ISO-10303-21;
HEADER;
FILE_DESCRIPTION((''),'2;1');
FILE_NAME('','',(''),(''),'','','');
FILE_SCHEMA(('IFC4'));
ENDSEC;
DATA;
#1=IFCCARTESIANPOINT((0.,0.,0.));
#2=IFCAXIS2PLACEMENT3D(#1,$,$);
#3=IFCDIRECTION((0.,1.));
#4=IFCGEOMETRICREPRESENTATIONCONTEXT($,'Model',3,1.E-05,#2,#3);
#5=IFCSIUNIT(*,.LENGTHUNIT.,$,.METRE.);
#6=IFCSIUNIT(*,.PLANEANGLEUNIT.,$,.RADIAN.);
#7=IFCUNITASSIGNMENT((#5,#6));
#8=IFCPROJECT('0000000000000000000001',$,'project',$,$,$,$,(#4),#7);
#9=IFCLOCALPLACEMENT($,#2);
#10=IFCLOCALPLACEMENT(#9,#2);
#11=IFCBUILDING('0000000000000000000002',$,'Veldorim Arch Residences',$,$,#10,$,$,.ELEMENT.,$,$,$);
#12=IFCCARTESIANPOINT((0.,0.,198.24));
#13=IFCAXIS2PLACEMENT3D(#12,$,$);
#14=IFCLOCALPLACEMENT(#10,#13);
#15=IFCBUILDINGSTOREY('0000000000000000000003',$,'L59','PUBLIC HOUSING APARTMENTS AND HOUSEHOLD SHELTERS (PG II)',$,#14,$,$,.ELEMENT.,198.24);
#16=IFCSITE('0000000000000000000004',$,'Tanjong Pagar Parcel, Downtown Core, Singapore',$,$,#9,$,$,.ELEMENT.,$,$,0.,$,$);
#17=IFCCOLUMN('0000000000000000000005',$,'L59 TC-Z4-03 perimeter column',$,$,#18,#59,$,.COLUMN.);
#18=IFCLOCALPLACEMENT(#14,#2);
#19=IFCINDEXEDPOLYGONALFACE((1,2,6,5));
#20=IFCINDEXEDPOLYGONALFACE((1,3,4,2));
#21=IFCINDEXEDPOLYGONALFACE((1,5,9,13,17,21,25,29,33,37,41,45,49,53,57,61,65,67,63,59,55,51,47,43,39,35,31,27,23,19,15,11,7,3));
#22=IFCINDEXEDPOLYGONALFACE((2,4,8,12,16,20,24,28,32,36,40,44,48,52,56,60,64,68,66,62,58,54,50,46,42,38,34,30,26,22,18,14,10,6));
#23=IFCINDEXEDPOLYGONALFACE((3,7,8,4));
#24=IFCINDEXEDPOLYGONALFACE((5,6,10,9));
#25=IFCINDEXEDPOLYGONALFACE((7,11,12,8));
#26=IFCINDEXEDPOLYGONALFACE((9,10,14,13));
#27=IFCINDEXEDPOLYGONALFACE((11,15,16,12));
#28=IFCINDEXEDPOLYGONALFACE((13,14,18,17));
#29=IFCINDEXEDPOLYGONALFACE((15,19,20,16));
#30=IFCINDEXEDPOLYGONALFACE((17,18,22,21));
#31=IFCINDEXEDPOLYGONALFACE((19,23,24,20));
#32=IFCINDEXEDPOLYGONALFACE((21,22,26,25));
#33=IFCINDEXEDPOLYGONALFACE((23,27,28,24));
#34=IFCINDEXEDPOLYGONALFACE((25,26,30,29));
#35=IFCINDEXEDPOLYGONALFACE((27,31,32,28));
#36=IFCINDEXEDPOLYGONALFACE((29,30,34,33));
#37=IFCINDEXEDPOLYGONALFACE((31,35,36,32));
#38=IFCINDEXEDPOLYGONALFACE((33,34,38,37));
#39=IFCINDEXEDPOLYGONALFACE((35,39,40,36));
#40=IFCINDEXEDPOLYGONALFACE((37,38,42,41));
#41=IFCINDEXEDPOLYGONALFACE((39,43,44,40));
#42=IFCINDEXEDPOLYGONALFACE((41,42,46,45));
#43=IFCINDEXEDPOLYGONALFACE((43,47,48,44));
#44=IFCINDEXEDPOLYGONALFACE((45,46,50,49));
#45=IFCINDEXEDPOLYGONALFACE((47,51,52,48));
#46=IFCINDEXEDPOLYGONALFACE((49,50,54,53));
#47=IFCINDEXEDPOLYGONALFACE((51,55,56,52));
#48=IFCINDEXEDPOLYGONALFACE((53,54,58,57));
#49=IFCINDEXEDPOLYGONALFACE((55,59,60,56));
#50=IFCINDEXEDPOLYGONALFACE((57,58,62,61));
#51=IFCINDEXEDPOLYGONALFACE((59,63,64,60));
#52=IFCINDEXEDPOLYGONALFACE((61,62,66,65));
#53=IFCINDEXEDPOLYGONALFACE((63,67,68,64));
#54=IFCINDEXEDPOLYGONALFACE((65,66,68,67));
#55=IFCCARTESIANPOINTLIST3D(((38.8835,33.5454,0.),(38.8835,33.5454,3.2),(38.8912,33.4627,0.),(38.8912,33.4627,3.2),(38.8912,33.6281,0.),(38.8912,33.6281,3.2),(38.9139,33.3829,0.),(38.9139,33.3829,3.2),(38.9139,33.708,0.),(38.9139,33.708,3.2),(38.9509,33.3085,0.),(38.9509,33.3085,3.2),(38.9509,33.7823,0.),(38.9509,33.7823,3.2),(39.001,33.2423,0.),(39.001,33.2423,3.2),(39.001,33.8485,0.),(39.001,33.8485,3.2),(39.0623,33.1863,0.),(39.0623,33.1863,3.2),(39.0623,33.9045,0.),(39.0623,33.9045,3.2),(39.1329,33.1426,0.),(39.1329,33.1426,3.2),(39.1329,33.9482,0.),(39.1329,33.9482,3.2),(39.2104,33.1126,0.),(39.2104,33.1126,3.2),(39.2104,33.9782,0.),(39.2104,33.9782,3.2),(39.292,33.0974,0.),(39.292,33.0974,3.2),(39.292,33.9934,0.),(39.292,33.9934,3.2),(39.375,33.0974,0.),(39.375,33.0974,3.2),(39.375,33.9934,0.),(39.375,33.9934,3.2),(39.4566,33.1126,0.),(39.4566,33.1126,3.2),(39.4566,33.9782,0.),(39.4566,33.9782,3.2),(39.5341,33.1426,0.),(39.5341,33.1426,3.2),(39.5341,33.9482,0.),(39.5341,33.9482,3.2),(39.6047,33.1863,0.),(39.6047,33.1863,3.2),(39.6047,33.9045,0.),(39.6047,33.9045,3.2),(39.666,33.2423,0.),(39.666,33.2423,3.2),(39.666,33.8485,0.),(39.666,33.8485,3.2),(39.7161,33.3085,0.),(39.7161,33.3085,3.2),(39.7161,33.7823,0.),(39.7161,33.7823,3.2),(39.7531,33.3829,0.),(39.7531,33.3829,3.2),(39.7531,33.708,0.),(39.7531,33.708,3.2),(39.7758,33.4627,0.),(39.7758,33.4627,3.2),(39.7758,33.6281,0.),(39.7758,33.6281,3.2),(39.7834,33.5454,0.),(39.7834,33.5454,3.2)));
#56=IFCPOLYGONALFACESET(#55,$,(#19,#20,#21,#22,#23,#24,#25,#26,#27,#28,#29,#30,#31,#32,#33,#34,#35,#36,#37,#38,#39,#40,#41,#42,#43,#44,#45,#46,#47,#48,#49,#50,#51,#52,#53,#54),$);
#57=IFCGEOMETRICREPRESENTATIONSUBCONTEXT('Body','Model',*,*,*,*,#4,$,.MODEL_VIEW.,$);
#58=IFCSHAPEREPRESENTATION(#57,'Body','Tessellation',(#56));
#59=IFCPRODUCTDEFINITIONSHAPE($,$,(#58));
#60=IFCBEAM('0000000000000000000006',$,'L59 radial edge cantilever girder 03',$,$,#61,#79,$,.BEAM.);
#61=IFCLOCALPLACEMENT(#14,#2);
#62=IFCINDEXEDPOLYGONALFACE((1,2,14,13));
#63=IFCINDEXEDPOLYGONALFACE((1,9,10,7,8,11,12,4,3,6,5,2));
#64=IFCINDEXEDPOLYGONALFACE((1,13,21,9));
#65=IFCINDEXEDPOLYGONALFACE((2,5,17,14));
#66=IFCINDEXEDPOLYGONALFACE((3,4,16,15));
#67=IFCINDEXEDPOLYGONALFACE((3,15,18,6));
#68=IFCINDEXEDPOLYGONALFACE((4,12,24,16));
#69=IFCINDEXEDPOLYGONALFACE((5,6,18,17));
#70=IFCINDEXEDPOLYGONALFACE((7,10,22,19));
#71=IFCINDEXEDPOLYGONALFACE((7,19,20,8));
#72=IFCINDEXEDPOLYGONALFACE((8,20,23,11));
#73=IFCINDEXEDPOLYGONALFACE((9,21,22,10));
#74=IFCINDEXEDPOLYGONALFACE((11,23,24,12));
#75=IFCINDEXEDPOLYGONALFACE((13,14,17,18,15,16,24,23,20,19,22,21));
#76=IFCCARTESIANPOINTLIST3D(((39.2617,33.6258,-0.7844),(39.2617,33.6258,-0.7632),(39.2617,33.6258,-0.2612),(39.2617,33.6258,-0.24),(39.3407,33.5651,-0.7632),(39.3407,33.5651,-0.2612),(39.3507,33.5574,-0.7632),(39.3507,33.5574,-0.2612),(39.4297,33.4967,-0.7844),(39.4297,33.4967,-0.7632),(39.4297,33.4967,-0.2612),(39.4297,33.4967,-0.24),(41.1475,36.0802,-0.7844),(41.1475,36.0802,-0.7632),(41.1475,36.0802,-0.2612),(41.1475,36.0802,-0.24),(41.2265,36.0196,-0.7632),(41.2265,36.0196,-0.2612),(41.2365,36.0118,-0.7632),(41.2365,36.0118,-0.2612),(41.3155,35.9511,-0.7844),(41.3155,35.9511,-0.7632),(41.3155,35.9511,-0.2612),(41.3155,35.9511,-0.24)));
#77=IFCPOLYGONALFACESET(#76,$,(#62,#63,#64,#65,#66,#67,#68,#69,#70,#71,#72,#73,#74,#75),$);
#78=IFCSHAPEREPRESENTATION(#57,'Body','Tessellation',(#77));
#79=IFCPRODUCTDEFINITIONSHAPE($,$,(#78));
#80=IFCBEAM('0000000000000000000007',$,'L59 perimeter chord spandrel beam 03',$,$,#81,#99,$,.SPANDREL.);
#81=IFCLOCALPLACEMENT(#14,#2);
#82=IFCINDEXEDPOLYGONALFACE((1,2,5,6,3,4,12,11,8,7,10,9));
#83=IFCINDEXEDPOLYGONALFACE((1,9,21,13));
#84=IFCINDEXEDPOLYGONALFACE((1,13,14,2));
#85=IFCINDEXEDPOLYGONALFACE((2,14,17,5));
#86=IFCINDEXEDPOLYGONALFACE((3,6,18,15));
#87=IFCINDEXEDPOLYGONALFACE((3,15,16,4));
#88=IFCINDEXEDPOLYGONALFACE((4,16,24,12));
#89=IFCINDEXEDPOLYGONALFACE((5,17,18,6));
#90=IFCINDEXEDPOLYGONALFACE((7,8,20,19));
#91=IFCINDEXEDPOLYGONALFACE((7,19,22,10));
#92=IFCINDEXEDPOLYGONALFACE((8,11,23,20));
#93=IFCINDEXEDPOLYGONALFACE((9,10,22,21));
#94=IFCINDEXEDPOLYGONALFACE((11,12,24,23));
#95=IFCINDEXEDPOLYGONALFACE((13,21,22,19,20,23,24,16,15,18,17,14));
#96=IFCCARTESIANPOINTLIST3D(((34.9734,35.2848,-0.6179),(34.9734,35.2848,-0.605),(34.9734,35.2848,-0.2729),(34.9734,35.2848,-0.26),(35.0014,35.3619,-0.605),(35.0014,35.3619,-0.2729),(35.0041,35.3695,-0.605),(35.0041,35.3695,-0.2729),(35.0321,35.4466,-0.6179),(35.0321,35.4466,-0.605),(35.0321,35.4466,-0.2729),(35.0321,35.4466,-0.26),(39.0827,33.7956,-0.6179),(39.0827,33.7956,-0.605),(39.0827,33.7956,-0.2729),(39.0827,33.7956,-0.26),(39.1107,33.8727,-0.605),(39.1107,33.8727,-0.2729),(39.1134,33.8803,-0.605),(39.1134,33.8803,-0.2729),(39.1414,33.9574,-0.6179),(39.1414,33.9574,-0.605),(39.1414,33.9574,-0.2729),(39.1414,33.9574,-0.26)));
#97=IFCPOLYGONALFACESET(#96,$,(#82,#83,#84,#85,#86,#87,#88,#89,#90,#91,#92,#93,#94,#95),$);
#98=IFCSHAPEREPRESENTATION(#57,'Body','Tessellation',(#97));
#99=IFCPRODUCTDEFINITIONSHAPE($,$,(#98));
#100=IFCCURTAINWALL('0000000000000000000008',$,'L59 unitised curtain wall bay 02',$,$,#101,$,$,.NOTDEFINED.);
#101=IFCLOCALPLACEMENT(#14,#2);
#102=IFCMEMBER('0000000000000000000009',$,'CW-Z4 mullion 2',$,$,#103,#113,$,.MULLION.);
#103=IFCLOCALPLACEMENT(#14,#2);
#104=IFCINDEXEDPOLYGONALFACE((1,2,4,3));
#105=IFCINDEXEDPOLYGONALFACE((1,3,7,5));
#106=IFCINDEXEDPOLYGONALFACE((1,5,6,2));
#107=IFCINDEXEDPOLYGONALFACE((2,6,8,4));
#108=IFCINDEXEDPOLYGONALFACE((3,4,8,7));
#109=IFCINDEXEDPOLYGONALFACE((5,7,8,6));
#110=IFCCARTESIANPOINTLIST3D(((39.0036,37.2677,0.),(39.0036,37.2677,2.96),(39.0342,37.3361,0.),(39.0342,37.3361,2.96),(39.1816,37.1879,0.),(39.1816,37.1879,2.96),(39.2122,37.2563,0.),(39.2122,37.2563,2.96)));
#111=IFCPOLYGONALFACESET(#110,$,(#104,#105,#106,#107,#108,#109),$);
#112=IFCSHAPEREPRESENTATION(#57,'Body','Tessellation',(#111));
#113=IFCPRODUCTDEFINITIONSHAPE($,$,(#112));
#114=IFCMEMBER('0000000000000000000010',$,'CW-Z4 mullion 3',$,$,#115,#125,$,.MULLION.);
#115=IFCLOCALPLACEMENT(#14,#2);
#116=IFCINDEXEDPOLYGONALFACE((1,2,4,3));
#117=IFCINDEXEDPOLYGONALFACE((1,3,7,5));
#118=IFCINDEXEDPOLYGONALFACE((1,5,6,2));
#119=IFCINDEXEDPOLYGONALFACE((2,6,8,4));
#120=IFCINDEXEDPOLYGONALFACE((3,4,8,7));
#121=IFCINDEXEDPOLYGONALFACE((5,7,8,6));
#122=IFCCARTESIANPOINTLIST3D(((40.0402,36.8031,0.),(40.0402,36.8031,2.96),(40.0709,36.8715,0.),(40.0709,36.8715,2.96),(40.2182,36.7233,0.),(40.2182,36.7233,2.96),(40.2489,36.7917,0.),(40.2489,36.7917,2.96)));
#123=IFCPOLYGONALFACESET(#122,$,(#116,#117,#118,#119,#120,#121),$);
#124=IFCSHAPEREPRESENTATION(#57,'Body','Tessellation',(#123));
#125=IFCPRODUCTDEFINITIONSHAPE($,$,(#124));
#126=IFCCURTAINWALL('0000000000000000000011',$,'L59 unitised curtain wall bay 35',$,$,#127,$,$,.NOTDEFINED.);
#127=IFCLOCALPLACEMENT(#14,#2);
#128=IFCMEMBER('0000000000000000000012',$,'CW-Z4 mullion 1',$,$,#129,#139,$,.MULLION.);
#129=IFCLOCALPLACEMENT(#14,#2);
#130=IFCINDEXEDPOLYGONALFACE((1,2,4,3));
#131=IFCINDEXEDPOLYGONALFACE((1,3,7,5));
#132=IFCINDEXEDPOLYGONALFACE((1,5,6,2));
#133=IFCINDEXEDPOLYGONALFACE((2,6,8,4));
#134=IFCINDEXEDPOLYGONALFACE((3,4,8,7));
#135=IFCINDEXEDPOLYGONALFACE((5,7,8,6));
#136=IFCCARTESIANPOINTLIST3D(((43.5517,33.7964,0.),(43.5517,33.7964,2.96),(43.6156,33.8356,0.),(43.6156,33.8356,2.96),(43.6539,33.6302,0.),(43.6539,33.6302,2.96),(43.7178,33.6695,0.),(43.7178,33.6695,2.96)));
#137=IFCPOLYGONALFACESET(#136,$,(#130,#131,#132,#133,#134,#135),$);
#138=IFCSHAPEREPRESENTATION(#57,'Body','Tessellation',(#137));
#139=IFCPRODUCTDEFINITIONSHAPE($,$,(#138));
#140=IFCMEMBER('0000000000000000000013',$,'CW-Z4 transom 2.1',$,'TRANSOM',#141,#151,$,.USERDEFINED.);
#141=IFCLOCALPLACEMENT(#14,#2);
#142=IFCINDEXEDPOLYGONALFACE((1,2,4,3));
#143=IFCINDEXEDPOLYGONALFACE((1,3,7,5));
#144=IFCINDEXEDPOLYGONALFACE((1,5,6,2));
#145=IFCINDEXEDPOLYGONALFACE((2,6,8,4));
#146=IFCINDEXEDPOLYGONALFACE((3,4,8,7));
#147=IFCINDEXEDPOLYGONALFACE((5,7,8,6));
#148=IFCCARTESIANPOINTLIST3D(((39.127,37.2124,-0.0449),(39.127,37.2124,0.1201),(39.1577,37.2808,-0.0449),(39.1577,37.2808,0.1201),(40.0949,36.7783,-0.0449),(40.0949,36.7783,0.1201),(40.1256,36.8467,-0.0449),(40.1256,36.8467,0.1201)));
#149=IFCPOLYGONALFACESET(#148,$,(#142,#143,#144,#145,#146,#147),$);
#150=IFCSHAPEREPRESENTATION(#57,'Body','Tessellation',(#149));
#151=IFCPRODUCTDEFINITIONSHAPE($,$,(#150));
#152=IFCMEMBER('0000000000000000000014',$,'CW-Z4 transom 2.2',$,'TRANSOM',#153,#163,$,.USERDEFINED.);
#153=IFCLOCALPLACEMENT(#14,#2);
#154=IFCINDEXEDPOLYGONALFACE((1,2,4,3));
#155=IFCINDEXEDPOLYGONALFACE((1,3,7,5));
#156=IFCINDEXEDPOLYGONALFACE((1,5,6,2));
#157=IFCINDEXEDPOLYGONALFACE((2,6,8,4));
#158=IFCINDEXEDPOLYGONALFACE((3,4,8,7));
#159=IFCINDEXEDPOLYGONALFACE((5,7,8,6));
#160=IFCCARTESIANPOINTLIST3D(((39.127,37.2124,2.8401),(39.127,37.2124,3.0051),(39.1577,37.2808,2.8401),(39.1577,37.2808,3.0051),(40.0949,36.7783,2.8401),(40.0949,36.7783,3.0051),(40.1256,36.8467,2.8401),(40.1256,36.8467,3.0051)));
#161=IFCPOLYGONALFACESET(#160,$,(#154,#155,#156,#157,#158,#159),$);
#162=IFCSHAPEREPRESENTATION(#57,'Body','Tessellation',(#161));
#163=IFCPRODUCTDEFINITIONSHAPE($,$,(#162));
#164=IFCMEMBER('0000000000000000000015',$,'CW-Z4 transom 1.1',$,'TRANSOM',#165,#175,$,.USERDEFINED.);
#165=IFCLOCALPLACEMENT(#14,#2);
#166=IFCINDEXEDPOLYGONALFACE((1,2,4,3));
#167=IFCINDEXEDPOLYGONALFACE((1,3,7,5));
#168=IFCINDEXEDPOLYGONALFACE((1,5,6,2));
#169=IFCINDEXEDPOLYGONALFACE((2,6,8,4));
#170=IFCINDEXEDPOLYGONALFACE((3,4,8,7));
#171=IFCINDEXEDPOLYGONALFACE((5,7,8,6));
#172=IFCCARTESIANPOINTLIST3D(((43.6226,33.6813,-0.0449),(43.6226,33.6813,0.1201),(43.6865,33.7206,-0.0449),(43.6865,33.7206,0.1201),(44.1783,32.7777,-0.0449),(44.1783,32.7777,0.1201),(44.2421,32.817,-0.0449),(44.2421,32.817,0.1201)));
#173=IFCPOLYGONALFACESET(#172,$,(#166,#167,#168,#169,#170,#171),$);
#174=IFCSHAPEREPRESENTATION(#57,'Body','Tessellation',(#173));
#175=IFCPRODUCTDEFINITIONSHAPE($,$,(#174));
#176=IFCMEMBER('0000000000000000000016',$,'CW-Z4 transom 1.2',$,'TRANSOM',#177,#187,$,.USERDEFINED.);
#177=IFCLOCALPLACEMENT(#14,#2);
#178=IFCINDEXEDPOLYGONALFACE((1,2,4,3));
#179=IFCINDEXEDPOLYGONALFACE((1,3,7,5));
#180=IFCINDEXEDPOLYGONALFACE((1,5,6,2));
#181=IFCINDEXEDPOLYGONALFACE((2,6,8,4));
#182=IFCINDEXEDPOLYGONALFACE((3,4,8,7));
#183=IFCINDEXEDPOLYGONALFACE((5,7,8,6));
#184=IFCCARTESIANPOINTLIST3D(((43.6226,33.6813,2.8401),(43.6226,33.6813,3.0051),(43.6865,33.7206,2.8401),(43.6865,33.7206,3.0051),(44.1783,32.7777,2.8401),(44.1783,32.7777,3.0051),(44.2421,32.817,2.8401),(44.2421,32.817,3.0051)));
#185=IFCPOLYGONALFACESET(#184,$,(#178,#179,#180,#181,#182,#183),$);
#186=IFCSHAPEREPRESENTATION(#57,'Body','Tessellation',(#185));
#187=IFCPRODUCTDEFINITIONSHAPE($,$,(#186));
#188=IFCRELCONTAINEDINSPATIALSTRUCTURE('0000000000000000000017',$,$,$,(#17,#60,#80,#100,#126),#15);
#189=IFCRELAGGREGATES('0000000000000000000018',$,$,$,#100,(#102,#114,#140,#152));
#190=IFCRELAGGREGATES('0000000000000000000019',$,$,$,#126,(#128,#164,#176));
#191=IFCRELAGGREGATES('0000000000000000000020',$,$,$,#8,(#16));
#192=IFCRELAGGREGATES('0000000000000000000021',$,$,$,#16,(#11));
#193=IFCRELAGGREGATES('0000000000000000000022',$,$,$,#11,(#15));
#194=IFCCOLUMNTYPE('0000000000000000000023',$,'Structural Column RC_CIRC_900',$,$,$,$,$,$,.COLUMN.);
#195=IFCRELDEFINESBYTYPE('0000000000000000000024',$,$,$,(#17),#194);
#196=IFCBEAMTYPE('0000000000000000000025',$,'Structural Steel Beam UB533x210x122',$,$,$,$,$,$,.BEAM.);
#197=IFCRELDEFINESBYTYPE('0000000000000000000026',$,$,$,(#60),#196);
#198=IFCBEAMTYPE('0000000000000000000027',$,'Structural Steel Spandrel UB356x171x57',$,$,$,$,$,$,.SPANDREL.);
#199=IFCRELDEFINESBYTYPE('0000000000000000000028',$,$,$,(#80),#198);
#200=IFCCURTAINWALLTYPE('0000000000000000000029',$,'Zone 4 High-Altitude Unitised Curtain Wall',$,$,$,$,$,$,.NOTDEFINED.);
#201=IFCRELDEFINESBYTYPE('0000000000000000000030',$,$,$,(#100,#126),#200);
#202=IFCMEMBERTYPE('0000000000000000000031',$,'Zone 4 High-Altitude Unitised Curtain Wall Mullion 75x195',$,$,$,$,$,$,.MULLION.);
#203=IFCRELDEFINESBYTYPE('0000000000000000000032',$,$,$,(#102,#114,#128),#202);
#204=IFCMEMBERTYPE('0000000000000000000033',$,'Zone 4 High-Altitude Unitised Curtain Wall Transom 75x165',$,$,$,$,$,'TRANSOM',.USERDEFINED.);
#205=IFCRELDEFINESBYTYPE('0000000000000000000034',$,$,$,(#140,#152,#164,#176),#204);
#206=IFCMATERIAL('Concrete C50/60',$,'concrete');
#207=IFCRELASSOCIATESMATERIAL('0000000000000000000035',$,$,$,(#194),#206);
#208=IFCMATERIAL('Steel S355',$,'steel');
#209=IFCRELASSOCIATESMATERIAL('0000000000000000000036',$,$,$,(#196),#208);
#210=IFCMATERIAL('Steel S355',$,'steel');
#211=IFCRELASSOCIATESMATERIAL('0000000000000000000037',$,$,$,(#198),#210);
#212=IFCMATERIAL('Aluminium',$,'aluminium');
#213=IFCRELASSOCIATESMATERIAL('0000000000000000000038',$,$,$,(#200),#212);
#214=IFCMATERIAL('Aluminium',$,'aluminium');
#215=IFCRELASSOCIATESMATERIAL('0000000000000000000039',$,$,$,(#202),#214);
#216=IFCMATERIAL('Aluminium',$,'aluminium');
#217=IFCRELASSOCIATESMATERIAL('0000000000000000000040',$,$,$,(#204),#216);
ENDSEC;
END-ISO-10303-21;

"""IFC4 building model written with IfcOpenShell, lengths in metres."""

from ifc_helpers import new_model, si_unit, direction, frame, origin, origin_2d, place, context, subcontext, project, spatial, rectangle, circle, i_section, extrude, material, material_profile, profile_set, type_object, element, aggregate, save


model = new_model("IFC4")

# Units and contexts
model_context = context("Model", 3, precision=1e-05, world=origin(), true_north=direction((0.0, 1.0)))
body_context = subcontext(model_context, "Body", "Model", "MODEL_VIEW")
ifc_project = project(units=[si_unit("LENGTHUNIT", "METRE"), si_unit("PLANEANGLEUNIT", "RADIAN")], contexts=[model_context])

# Site, building, storey
site_placement = place(None, origin())
site = spatial("IfcSite", under=ifc_project, at=site_placement, Name="Tanjong Pagar Parcel, Downtown Core, Singapore", CompositionType="ELEMENT", RefElevation=0.0)
building_placement = place(site_placement, origin())
building = spatial("IfcBuilding", under=site, at=building_placement, Name="Veldorim Arch Residences", CompositionType="ELEMENT")
storey_placement = place(building_placement, frame((0.0, 0.0, 198.24)))
storey = spatial("IfcBuildingStorey", under=building, at=storey_placement, Name="L59", Description="PUBLIC HOUSING APARTMENTS AND HOUSEHOLD SHELTERS (PG II)", CompositionType="ELEMENT", Elevation=198.24)

# Column
ifc_material_1 = material(Name="Concrete C50/60", Category="concrete")
ifc_material_profile_1 = material_profile(ifc_material_1, circle(Radius=0.45, at=origin_2d()), Name="RC_CIRC_900")
ifc_profile_set_1 = profile_set([ifc_material_profile_1], Name="Concrete C50/60")
column_type = type_object("IfcColumnType", Name="Structural Column RC_CIRC_900", PredefinedType="COLUMN", material=ifc_profile_set_1)
column_placement = place(storey_placement, frame((39.3335, 33.5454, 0.0), z_axis=(0.0, 0.0, 1.0), x_axis=(1.0, 0.0, 0.0)))
element("IfcColumn", 1, at=column_placement, inside=storey, type_object=column_type, Name="L59 TC-Z4-03 perimeter column", PredefinedType="COLUMN", context=body_context, shape_type="SweptSolid", body=[
    extrude(circle(Radius=0.45, at=origin_2d()), origin(), (0.0, 0.0, 1.0), 3.2),
])

# Beams
ifc_material_2 = material(Name="Steel S355", Category="steel")
ifc_material_profile_2 = material_profile(ifc_material_2, i_section(OverallWidth=0.2119, OverallDepth=0.5444, WebThickness=0.0127, FlangeThickness=0.0212, at=origin_2d()), Name="UB533x210x122")
ifc_profile_set_2 = profile_set([ifc_material_profile_2], Name="Steel S355")
beam_type_1 = type_object("IfcBeamType", Name="Structural Steel Beam UB533x210x122", PredefinedType="BEAM", material=ifc_profile_set_2)
beam_1_placement = place(storey_placement, frame((39.3457, 33.5613, -0.5122), z_axis=(0.609261, 0.79297, 0.0), x_axis=(-0.79297, 0.609261, 0.0)))
element("IfcBeam", 2, at=beam_1_placement, inside=storey, type_object=beam_type_1, Name="L59 radial edge cantilever girder 03", PredefinedType="BEAM", context=body_context, shape_type="SweptSolid", body=[
    extrude(i_section(OverallWidth=0.2119, OverallDepth=0.5444, WebThickness=0.0127, FlangeThickness=0.0212, at=origin_2d()), origin(), (0.0, 0.0, 1.0), 3.0952),
])
ifc_material_3 = material(Name="Steel S355", Category="steel")
ifc_material_profile_3 = material_profile(ifc_material_3, i_section(OverallWidth=0.1721, OverallDepth=0.3579, WebThickness=0.0081, FlangeThickness=0.0129, at=origin_2d()), Name="UB356x171x57")
ifc_profile_set_3 = profile_set([ifc_material_profile_3], Name="Steel S355")
beam_type_2 = type_object("IfcBeamType", Name="Structural Steel Spandrel UB356x171x57", PredefinedType="SPANDREL", material=ifc_profile_set_3)
beam_2_placement = place(storey_placement, frame((39.1121, 33.8765, -0.439), z_axis=(-0.940165, 0.34072, 0.0), x_axis=(-0.34072, -0.940165, 0.0)))
element("IfcBeam", 3, at=beam_2_placement, inside=storey, type_object=beam_type_2, Name="L59 perimeter chord spandrel beam 03", PredefinedType="SPANDREL", context=body_context, shape_type="SweptSolid", body=[
    extrude(i_section(OverallWidth=0.1721, OverallDepth=0.3579, WebThickness=0.0081, FlangeThickness=0.0129, at=origin_2d()), origin(), (0.0, 0.0, 1.0), 4.3708),
])

# Curtain wall, members
ifc_material_4 = material(Name="Aluminium", Category="aluminium")
curtain_wall_type = type_object("IfcCurtainWallType", Name="Zone 4 High-Altitude Unitised Curtain Wall", PredefinedType="NOTDEFINED", material=ifc_material_4)
curtain_wall_1_placement = place(storey_placement, origin())
curtain_wall_1 = element("IfcCurtainWall", 4, at=curtain_wall_1_placement, inside=storey, type_object=curtain_wall_type, Name="L59 unitised curtain wall bay 02", PredefinedType="NOTDEFINED")
ifc_material_5 = material(Name="Aluminium", Category="aluminium")
ifc_material_profile_4 = material_profile(ifc_material_5, rectangle(XDim=0.075, YDim=0.1951, at=origin_2d()), Name="ALU_MUL_75x195")
ifc_profile_set_4 = profile_set([ifc_material_profile_4], Name="Aluminium")
member_type_1 = type_object("IfcMemberType", Name="Zone 4 High-Altitude Unitised Curtain Wall Mullion 75x195", PredefinedType="MULLION", material=ifc_profile_set_4)
member_1_placement = place(storey_placement, frame((39.1079, 37.262, 0.0), z_axis=(0.0, 0.0, 1.0), x_axis=(0.409149, 0.912468, 0.0)))
member_1 = element("IfcMember", 5, at=member_1_placement, type_object=member_type_1, Name="CW-Z4 mullion 2", PredefinedType="MULLION", context=body_context, shape_type="SweptSolid", body=[
    extrude(rectangle(XDim=0.075, YDim=0.1951, at=origin_2d()), origin(), (0.0, 0.0, 1.0), 2.96),
])
member_2_placement = place(storey_placement, frame((40.1445, 36.7974, 0.0), z_axis=(0.0, 0.0, 1.0), x_axis=(0.409149, 0.912468, 0.0)))
member_2 = element("IfcMember", 6, at=member_2_placement, type_object=member_type_1, Name="CW-Z4 mullion 3", PredefinedType="MULLION", context=body_context, shape_type="SweptSolid", body=[
    extrude(rectangle(XDim=0.075, YDim=0.1951, at=origin_2d()), origin(), (0.0, 0.0, 1.0), 2.96),
])

# Curtain wall, member
curtain_wall_2_placement = place(storey_placement, origin())
curtain_wall_2 = element("IfcCurtainWall", 7, at=curtain_wall_2_placement, inside=storey, type_object=curtain_wall_type, Name="L59 unitised curtain wall bay 35", PredefinedType="NOTDEFINED")
member_3_placement = place(storey_placement, frame((43.6348, 33.7329, 0.0), z_axis=(0.0, 0.0, 1.0), x_axis=(0.851802, 0.523864, 0.0)))
member_3 = element("IfcMember", 8, at=member_3_placement, type_object=member_type_1, Name="CW-Z4 mullion 1", PredefinedType="MULLION", context=body_context, shape_type="SweptSolid", body=[
    extrude(rectangle(XDim=0.075, YDim=0.1951, at=origin_2d()), origin(), (0.0, 0.0, 1.0), 2.96),
])

# Members
ifc_material_6 = material(Name="Aluminium", Category="aluminium")
ifc_material_profile_5 = material_profile(ifc_material_6, rectangle(XDim=0.075, YDim=0.165, at=origin_2d()), Name="ALU_TRN_75x165")
ifc_profile_set_5 = profile_set([ifc_material_profile_5], Name="Aluminium")
member_type_2 = type_object("IfcMemberType", Name="Zone 4 High-Altitude Unitised Curtain Wall Transom 75x165", ElementType="TRANSOM", PredefinedType="USERDEFINED", material=ifc_profile_set_5)
member_4_placement = place(storey_placement, frame((39.1423, 37.2466, 0.0376), z_axis=(0.912459, -0.409168, 0.0), x_axis=(0.409168, 0.912459, 0.0)))
member_4 = element("IfcMember", 9, at=member_4_placement, type_object=member_type_2, Name="CW-Z4 transom 2.1", ObjectType="TRANSOM", PredefinedType="USERDEFINED", context=body_context, shape_type="SweptSolid", body=[
    extrude(rectangle(XDim=0.075, YDim=0.165, at=origin_2d()), origin(), (0.0, 0.0, 1.0), 1.0608),
])
member_5_placement = place(storey_placement, frame((39.1423, 37.2466, 2.9226), z_axis=(0.912459, -0.409168, 0.0), x_axis=(0.409168, 0.912459, 0.0)))
member_5 = element("IfcMember", 10, at=member_5_placement, type_object=member_type_2, Name="CW-Z4 transom 2.2", ObjectType="TRANSOM", PredefinedType="USERDEFINED", context=body_context, shape_type="SweptSolid", body=[
    extrude(rectangle(XDim=0.075, YDim=0.165, at=origin_2d()), origin(), (0.0, 0.0, 1.0), 1.0608),
])
member_6_placement = place(storey_placement, frame((43.6545, 33.7009, 0.0376), z_axis=(0.523841, -0.851816, 0.0), x_axis=(0.851816, 0.523841, 0.0)))
member_6 = element("IfcMember", 11, at=member_6_placement, type_object=member_type_2, Name="CW-Z4 transom 1.1", ObjectType="TRANSOM", PredefinedType="USERDEFINED", context=body_context, shape_type="SweptSolid", body=[
    extrude(rectangle(XDim=0.075, YDim=0.165, at=origin_2d()), origin(), (0.0, 0.0, 1.0), 1.0608),
])
member_7_placement = place(storey_placement, frame((43.6545, 33.7009, 2.9226), z_axis=(0.523841, -0.851816, 0.0), x_axis=(0.851816, 0.523841, 0.0)))
member_7 = element("IfcMember", 12, at=member_7_placement, type_object=member_type_2, Name="CW-Z4 transom 1.2", ObjectType="TRANSOM", PredefinedType="USERDEFINED", context=body_context, shape_type="SweptSolid", body=[
    extrude(rectangle(XDim=0.075, YDim=0.165, at=origin_2d()), origin(), (0.0, 0.0, 1.0), 1.0608),
])

aggregate(curtain_wall_1, [member_1, member_2, member_4, member_5])
aggregate(curtain_wall_2, [member_3, member_6, member_7])

save(model, "model.ifc")
